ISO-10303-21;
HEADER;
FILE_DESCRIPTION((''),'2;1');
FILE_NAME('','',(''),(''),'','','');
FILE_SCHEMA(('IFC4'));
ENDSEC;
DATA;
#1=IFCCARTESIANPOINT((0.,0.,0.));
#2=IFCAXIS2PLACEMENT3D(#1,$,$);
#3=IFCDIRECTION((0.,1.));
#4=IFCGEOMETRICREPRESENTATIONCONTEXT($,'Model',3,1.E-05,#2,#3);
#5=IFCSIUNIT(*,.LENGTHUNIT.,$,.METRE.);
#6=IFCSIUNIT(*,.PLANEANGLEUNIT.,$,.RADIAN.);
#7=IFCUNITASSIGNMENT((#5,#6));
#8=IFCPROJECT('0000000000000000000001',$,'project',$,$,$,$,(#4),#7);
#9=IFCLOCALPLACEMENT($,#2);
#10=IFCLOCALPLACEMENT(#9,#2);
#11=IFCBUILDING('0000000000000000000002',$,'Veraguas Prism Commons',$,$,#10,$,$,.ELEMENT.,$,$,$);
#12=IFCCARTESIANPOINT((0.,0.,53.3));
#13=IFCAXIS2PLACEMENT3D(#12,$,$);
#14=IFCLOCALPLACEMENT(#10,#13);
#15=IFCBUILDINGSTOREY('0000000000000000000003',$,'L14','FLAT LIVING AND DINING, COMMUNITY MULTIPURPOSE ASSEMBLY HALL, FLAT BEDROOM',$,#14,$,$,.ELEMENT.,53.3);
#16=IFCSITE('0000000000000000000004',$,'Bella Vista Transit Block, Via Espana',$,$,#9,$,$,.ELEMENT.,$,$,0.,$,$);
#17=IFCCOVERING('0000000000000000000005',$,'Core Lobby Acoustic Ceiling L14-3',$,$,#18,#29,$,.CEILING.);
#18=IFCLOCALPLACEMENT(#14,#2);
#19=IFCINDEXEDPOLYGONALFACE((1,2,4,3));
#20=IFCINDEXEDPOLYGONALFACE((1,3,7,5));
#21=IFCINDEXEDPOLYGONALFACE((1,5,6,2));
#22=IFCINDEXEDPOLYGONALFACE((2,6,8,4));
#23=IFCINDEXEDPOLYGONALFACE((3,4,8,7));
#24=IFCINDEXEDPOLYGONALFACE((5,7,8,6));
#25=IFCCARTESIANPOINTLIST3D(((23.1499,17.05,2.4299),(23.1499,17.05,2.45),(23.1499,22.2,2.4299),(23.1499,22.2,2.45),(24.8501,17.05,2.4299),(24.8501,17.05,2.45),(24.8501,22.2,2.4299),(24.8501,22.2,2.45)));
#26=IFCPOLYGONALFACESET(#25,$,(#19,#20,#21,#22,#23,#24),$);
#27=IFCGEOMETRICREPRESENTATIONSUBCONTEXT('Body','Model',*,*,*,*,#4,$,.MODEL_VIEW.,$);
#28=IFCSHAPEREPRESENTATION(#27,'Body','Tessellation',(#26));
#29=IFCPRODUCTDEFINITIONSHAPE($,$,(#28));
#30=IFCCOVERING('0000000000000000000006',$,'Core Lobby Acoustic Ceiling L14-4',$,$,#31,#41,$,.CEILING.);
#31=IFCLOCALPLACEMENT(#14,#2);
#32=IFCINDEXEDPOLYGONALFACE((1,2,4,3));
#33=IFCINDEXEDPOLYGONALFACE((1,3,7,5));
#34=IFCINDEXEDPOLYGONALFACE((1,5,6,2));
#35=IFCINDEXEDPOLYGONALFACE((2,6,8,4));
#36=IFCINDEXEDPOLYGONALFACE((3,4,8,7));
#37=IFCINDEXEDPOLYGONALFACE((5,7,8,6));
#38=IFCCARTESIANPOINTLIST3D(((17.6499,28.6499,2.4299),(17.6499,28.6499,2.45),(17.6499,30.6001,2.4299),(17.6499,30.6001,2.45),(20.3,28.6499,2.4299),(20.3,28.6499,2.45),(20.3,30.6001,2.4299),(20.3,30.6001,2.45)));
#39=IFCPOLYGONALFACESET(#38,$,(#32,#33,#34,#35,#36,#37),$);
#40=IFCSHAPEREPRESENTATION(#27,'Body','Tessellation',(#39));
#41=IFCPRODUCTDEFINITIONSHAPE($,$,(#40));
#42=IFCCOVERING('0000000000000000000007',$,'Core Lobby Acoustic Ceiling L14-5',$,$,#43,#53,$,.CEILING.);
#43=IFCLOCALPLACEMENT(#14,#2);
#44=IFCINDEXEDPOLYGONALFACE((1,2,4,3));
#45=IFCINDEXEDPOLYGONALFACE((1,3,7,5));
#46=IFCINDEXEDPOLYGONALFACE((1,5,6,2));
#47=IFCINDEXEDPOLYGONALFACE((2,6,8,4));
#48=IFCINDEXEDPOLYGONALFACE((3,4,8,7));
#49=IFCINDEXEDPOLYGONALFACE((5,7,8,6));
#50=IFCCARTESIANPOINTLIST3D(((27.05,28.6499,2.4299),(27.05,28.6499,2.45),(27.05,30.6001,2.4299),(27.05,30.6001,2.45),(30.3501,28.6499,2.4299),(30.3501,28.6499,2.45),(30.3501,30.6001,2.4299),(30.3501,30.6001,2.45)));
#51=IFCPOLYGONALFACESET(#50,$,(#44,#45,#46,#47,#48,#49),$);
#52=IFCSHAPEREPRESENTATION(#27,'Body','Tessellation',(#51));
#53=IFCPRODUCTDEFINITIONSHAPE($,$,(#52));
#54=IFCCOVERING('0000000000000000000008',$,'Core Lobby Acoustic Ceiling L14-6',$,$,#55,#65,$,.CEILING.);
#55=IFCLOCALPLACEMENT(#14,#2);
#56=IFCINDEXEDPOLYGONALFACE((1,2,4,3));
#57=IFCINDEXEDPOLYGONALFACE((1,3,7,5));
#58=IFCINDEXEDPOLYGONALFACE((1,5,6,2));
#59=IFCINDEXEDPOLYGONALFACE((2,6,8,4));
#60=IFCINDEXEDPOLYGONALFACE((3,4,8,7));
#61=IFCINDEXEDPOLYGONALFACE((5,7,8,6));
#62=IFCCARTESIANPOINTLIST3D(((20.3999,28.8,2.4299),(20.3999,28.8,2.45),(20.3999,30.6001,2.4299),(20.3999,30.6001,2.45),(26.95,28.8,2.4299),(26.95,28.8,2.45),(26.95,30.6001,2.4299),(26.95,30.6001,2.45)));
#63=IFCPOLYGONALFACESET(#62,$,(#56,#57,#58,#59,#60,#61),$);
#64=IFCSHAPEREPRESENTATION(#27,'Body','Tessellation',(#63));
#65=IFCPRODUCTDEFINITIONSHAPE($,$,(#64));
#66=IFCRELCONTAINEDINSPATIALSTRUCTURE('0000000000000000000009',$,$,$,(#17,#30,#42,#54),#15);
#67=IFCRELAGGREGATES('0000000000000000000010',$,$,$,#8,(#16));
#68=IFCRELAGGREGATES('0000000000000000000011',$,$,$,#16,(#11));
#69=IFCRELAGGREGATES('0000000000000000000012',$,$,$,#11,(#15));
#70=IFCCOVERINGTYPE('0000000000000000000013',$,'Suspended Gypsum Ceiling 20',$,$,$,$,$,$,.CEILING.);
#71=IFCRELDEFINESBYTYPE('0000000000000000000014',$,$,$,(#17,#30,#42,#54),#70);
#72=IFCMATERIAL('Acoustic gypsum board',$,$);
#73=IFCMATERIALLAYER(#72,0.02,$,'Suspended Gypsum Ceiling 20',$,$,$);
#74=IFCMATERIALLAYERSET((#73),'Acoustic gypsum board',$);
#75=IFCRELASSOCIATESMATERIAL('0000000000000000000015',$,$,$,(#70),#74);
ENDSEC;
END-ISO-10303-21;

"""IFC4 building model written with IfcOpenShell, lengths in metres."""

from ifc_helpers import new_model, si_unit, direction, frame, origin, place, context, subcontext, project, spatial, polyline, outline, extrude, material, layer, layer_set, type_object, element, save


model = new_model("IFC4")

# Units and contexts
model_context = context("Model", 3, precision=1e-05, world=origin(), true_north=direction((0.0, 1.0)))
body_context = subcontext(model_context, "Body", "Model", "MODEL_VIEW")
ifc_project = project(units=[si_unit("LENGTHUNIT", "METRE"), si_unit("PLANEANGLEUNIT", "RADIAN")], contexts=[model_context])

# Site, building, storey
site_placement = place(None, origin())
site = spatial("IfcSite", under=ifc_project, at=site_placement, Name="Bella Vista Transit Block, Via Espana", CompositionType="ELEMENT", RefElevation=0.0)
building_placement = place(site_placement, origin())
building = spatial("IfcBuilding", under=site, at=building_placement, Name="Veraguas Prism Commons", CompositionType="ELEMENT")
storey_placement = place(building_placement, frame((0.0, 0.0, 53.3)))
storey = spatial("IfcBuildingStorey", under=building, at=storey_placement, Name="L14", Description="FLAT LIVING AND DINING, COMMUNITY MULTIPURPOSE ASSEMBLY HALL, FLAT BEDROOM", CompositionType="ELEMENT", Elevation=53.3)

# Coverings
ifc_material_1 = material(Name="Acoustic gypsum board")
ifc_layer_1 = layer(ifc_material_1, 0.02, Name="Suspended Gypsum Ceiling 20")
ifc_layer_set_1 = layer_set([ifc_layer_1], Name="Acoustic gypsum board")
covering_type_1 = type_object("IfcCoveringType", Name="Suspended Gypsum Ceiling 20", PredefinedType="CEILING", material=ifc_layer_set_1)
covering_1_placement = place(storey_placement, frame((0.0, 0.0, 2.4299)))
element("IfcCovering", 1, at=covering_1_placement, inside=storey, type_object=covering_type_1, Name="Core Lobby Acoustic Ceiling L14-3", PredefinedType="CEILING", context=body_context, shape_type="SweptSolid", body=[
    extrude(outline(polyline([(23.1499, 17.05), (24.8501, 17.05), (24.8501, 22.2), (23.1499, 22.2), (23.1499, 17.05)])), origin(), (0.0, 0.0, 1.0), 0.02),
])
covering_2_placement = place(storey_placement, frame((0.0, 0.0, 2.4299)))
element("IfcCovering", 2, at=covering_2_placement, inside=storey, type_object=covering_type_1, Name="Core Lobby Acoustic Ceiling L14-4", PredefinedType="CEILING", context=body_context, shape_type="SweptSolid", body=[
    extrude(outline(polyline([(17.6499, 28.6499), (20.3, 28.6499), (20.3, 30.6001), (17.6499, 30.6001), (17.6499, 28.6499)])), origin(), (0.0, 0.0, 1.0), 0.02),
])
covering_3_placement = place(storey_placement, frame((0.0, 0.0, 2.4299)))
element("IfcCovering", 3, at=covering_3_placement, inside=storey, type_object=covering_type_1, Name="Core Lobby Acoustic Ceiling L14-5", PredefinedType="CEILING", context=body_context, shape_type="SweptSolid", body=[
    extrude(outline(polyline([(27.05, 28.6499), (30.3501, 28.6499), (30.3501, 30.6001), (27.05, 30.6001), (27.05, 28.6499)])), origin(), (0.0, 0.0, 1.0), 0.02),
])
covering_4_placement = place(storey_placement, frame((0.0, 0.0, 2.4299)))
element("IfcCovering", 4, at=covering_4_placement, inside=storey, type_object=covering_type_1, Name="Core Lobby Acoustic Ceiling L14-6", PredefinedType="CEILING", context=body_context, shape_type="SweptSolid", body=[
    extrude(outline(polyline([(20.3999, 28.8), (26.95, 28.8), (26.95, 30.6001), (20.3999, 30.6001), (20.3999, 28.8)])), origin(), (0.0, 0.0, 1.0), 0.02),
])

save(model, "model.ifc")
